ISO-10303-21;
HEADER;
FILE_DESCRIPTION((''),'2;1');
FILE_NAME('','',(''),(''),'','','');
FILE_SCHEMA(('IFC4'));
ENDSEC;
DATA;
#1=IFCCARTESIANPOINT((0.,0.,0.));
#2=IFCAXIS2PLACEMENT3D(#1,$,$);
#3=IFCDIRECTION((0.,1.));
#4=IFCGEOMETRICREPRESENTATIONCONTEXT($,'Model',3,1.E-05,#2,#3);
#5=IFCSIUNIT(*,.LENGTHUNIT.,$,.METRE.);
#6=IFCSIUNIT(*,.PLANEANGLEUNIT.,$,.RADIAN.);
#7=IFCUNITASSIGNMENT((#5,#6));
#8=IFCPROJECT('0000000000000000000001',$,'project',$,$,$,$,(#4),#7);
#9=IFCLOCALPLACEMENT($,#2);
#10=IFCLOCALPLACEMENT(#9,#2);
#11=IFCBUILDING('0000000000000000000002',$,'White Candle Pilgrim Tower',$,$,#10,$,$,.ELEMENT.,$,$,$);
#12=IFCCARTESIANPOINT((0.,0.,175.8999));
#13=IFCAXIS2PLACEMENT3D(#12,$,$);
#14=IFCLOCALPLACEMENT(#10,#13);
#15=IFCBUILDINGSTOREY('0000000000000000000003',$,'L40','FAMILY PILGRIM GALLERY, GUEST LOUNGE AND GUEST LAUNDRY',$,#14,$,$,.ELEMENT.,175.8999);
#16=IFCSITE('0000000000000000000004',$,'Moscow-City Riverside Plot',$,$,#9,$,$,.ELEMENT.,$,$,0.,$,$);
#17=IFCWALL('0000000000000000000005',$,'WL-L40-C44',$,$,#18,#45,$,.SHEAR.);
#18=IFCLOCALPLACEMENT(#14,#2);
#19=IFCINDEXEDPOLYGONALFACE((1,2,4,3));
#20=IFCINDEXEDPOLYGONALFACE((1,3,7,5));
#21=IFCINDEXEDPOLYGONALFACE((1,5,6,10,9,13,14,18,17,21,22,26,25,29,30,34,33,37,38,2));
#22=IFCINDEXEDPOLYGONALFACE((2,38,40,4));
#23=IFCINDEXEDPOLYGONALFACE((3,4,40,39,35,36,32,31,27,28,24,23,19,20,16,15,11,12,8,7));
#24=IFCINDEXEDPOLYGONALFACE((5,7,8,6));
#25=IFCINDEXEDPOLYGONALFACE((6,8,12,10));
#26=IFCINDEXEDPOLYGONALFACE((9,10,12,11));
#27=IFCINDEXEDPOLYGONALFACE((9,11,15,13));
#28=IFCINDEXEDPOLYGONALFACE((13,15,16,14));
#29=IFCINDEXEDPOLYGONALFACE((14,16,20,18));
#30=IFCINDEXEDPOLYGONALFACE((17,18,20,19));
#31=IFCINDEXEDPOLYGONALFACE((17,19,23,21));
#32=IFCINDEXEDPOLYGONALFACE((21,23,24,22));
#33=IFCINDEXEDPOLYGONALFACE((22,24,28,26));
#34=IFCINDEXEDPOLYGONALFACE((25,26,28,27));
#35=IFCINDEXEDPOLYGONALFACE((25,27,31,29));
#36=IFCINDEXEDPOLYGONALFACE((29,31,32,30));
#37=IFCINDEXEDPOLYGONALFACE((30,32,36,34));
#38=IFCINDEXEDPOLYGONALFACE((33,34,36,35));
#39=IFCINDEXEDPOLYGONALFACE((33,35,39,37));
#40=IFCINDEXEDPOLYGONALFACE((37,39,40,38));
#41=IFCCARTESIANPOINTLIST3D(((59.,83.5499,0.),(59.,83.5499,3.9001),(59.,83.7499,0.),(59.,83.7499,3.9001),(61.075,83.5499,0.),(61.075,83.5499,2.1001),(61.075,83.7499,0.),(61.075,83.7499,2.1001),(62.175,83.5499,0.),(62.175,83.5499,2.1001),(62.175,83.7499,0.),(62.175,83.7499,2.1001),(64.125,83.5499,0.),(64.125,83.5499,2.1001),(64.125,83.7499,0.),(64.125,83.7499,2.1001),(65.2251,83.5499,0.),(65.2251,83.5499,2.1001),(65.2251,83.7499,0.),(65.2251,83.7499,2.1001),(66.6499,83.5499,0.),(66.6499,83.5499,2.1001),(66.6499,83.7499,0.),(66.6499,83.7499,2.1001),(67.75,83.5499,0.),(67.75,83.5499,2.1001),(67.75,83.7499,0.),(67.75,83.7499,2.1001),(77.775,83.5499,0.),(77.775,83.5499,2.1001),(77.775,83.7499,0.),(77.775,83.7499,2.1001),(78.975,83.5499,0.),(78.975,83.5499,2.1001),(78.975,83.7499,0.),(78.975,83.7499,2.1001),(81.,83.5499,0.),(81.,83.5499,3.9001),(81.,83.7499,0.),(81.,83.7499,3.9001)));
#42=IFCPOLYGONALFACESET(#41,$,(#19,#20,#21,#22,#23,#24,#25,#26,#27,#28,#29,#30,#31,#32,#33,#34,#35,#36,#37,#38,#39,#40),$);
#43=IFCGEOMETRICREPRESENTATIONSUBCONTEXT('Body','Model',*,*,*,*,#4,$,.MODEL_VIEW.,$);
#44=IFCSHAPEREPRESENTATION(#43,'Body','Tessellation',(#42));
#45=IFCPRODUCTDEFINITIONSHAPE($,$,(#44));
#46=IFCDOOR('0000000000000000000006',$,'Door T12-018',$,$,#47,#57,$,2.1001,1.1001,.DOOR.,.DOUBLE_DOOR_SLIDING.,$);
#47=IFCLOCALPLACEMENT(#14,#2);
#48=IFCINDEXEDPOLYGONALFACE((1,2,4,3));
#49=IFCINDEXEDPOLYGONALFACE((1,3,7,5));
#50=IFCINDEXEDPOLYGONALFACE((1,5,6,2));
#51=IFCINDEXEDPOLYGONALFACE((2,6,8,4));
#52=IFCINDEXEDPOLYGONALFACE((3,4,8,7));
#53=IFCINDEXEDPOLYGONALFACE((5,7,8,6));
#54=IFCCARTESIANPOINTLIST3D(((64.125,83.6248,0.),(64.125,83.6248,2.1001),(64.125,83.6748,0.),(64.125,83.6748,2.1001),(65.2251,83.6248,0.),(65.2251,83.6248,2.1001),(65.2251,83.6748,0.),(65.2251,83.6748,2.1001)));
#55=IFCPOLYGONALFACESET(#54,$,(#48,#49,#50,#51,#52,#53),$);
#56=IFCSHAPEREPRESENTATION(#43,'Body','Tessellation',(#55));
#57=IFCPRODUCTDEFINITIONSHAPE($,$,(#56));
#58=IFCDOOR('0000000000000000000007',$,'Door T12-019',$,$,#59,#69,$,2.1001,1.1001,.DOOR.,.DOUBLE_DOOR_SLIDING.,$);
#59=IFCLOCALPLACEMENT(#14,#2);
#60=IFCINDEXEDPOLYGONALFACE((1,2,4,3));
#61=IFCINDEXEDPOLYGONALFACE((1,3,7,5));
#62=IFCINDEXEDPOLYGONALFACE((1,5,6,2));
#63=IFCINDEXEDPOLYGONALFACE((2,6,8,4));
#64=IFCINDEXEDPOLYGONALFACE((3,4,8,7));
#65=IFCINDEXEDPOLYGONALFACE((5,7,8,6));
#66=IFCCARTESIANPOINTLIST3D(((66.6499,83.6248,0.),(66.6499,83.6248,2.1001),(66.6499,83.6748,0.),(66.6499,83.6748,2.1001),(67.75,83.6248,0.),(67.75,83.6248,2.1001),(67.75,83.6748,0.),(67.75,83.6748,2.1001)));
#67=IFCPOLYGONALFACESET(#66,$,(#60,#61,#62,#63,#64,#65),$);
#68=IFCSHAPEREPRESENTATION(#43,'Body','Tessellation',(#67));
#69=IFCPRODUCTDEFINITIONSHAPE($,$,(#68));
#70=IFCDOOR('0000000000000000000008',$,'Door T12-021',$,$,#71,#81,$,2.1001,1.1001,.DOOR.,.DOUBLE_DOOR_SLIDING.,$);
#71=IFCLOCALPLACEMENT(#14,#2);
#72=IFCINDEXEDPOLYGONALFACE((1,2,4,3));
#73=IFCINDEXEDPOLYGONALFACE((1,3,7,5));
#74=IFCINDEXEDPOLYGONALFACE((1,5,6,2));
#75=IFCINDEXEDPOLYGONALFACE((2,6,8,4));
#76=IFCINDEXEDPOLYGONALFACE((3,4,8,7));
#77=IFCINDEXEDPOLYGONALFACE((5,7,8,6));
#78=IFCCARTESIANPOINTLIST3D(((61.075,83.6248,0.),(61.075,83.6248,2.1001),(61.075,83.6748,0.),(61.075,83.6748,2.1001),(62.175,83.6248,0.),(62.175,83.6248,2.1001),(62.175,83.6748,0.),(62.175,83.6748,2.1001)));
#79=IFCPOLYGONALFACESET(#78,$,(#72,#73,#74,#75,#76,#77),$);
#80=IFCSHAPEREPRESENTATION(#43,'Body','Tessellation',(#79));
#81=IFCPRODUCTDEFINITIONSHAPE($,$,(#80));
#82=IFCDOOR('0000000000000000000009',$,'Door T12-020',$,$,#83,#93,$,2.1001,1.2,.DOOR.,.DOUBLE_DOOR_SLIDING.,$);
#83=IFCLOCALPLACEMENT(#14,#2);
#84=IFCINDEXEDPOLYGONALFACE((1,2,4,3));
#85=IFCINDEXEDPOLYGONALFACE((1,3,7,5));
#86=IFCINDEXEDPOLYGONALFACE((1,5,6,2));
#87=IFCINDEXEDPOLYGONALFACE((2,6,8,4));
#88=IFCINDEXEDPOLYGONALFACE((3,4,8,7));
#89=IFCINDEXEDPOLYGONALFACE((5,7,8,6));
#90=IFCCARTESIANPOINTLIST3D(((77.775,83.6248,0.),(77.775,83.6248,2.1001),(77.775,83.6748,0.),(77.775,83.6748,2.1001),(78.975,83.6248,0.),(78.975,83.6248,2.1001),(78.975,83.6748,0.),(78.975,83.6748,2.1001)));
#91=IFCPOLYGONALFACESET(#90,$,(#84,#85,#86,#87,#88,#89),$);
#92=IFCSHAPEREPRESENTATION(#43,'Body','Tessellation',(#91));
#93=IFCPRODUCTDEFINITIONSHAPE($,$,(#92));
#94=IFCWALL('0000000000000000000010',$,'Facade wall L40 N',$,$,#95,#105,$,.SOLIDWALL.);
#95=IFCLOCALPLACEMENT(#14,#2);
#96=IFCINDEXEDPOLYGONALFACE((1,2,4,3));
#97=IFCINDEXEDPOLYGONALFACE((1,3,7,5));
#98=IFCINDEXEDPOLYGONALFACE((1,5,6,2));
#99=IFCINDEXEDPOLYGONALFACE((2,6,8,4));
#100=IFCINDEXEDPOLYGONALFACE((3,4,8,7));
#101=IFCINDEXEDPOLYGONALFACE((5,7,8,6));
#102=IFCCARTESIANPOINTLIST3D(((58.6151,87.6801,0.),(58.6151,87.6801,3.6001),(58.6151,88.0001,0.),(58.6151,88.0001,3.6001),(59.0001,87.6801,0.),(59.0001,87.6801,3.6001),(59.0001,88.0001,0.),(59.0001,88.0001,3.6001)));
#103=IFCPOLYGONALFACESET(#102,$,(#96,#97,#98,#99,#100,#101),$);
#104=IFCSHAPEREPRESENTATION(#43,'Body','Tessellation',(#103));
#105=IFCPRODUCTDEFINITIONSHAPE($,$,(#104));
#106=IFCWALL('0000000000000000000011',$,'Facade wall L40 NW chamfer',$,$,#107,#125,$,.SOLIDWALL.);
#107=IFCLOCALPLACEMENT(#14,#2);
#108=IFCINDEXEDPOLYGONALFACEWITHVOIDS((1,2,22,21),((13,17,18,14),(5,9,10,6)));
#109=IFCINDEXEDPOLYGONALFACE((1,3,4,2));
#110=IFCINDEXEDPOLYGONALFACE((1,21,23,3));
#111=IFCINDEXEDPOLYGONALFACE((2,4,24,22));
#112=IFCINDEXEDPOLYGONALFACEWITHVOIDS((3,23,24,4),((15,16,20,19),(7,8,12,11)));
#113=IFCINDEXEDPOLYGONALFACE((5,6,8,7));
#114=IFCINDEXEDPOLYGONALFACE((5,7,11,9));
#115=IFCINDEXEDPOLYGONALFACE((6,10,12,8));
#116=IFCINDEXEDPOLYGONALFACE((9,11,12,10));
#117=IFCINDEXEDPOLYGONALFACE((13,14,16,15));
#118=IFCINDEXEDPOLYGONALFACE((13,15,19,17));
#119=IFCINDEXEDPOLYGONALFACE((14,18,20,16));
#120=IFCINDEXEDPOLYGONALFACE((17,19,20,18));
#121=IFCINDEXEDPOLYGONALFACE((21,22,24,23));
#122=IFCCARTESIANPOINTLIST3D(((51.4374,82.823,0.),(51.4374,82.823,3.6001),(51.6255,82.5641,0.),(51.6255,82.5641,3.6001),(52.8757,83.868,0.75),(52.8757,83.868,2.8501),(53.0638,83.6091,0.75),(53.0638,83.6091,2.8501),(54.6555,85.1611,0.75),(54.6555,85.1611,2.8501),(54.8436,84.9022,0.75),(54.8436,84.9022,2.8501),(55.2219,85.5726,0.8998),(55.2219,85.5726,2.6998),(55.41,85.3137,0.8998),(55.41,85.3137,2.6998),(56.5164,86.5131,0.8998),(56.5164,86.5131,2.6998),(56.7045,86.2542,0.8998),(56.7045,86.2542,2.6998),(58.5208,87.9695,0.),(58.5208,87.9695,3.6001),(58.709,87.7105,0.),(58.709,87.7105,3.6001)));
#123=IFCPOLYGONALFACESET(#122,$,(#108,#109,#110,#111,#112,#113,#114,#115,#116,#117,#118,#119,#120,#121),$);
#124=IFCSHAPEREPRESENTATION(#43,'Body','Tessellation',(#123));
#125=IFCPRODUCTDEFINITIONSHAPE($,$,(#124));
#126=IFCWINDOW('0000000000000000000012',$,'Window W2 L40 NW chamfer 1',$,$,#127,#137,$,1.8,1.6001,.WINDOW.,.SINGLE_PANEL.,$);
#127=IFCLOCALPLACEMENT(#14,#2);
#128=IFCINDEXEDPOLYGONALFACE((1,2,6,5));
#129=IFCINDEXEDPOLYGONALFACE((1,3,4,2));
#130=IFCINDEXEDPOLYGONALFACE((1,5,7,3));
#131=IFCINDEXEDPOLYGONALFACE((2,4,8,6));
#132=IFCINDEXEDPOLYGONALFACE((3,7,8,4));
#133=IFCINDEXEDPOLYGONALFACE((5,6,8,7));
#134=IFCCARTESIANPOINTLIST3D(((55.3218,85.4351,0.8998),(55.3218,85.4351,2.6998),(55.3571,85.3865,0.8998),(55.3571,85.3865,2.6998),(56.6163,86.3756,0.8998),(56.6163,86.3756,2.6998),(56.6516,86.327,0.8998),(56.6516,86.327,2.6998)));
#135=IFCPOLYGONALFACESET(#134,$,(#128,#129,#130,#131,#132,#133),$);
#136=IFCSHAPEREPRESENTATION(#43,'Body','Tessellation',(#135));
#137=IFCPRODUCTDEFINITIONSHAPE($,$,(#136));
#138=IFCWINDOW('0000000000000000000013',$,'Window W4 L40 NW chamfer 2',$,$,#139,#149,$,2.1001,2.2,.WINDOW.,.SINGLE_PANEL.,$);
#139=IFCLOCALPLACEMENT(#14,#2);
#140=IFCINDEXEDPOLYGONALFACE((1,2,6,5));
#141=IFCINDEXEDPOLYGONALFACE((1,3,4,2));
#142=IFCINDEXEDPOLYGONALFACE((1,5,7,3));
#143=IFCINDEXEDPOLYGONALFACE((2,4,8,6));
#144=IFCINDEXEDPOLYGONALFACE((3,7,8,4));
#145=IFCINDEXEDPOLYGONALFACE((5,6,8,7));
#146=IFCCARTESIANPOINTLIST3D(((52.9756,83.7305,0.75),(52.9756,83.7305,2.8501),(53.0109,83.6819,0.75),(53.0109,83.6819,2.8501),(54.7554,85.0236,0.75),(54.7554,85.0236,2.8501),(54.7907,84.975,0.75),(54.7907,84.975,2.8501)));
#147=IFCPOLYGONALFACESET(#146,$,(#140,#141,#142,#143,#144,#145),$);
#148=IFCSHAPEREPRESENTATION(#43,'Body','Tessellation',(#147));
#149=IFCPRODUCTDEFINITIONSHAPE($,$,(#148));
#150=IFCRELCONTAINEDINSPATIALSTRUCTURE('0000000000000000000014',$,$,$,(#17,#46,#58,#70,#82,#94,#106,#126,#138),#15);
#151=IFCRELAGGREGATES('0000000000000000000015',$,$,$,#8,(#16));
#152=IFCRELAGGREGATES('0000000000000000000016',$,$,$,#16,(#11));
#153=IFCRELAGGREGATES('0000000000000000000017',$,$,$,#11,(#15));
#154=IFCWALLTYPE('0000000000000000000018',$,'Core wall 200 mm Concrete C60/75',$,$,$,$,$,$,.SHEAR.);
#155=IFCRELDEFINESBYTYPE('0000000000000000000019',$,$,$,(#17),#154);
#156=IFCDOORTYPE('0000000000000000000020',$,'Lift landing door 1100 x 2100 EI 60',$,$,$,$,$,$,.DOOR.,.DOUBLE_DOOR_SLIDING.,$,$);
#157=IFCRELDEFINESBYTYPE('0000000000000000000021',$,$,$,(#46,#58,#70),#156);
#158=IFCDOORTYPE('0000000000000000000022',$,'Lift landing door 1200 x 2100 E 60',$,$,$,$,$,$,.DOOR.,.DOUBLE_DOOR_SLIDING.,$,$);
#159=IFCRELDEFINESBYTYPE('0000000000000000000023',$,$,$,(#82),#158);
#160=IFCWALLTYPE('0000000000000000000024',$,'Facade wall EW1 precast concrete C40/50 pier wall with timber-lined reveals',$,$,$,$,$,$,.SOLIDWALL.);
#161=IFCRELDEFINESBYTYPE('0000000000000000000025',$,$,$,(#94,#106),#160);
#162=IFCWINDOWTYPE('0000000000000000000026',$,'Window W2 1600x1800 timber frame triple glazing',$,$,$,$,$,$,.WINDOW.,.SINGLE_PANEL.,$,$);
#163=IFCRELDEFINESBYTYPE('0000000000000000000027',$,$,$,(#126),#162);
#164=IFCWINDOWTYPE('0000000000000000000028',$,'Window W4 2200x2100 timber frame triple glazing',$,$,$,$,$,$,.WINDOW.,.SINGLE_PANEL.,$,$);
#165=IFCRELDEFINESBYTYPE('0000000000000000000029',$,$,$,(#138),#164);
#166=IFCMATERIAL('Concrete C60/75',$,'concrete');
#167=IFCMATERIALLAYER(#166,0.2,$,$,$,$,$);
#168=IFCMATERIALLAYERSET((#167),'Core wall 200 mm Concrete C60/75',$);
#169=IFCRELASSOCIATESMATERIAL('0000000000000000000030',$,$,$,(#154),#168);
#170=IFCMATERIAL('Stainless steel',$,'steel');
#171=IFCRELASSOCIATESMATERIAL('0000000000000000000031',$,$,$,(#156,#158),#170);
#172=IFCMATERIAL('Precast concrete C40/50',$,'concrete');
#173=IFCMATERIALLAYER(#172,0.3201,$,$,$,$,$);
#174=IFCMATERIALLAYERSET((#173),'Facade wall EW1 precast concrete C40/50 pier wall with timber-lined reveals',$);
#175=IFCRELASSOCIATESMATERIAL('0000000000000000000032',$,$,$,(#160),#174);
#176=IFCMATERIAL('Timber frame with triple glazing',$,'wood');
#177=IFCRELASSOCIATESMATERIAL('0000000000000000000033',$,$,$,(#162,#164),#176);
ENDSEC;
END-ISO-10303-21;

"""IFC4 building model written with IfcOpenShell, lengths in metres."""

from ifc_helpers import new_model, si_unit, direction, frame, frame_2d, origin, place, context, subcontext, project, spatial, rectangle, extrude, material, layer, layer_set, type_object, element, fill, save


model = new_model("IFC4")

# Units and contexts
model_context = context("Model", 3, precision=1e-05, world=origin(), true_north=direction((0.0, 1.0)))
body_context = subcontext(model_context, "Body", "Model", "MODEL_VIEW")
ifc_project = project(units=[si_unit("LENGTHUNIT", "METRE"), si_unit("PLANEANGLEUNIT", "RADIAN")], contexts=[model_context])

# Site, building, storey
site_placement = place(None, origin())
site = spatial("IfcSite", under=ifc_project, at=site_placement, Name="Moscow-City Riverside Plot", CompositionType="ELEMENT", RefElevation=0.0)
building_placement = place(site_placement, origin())
building = spatial("IfcBuilding", under=site, at=building_placement, Name="White Candle Pilgrim Tower", CompositionType="ELEMENT")
storey_placement = place(building_placement, frame((0.0, 0.0, 175.8999)))
storey = spatial("IfcBuildingStorey", under=building, at=storey_placement, Name="L40", Description="FAMILY PILGRIM GALLERY, GUEST LOUNGE AND GUEST LAUNDRY", CompositionType="ELEMENT", Elevation=175.8999)

# Shared definitions
ifc_material_1 = material(Name="Concrete C60/75", Category="concrete")
ifc_layer_1 = layer(ifc_material_1, 0.2)
ifc_layer_set_1 = layer_set([ifc_layer_1], Name="Core wall 200 mm Concrete C60/75")
wall_type_1 = type_object("IfcWallType", Name="Core wall 200 mm Concrete C60/75", PredefinedType="SHEAR", material=ifc_layer_set_1)

# Wall, openings, doors
wall_1_placement = place(storey_placement, frame((59.0, 83.6499, 0.0), z_axis=(0.0, 0.0, 1.0), x_axis=(1.0, 0.0, 0.0)))
wall_1 = element("IfcWall", 1, at=wall_1_placement, inside=storey, type_object=wall_type_1, Name="WL-L40-C44", PredefinedType="SHEAR", context=body_context, shape_type="SweptSolid", body=[
    extrude(rectangle(XDim=22.0, YDim=0.2, at=frame_2d((11.0, 0.0))), origin(), (0.0, 0.0, 1.0), 3.9001),
])
opening_1_placement = place(wall_1_placement, frame((5.125, 0.0, 0.0)))
opening_1 = element("IfcOpeningElement", 2, at=opening_1_placement, cuts=wall_1, PredefinedType="OPENING", context=body_context, shape_type="SweptSolid", body=[
    extrude(rectangle(XDim=1.1001, YDim=2.1001, at=frame_2d((0.55, 1.05))), frame((0.0, 0.1099, 0.0), z_axis=(0.0, -1.0, 0.0), x_axis=(1.0, 0.0, 0.0)), (0.0, 0.0, 1.0), 0.22),
])
opening_2_placement = place(wall_1_placement, frame((7.6499, 0.0, 0.0)))
opening_2 = element("IfcOpeningElement", 3, at=opening_2_placement, cuts=wall_1, PredefinedType="OPENING", context=body_context, shape_type="SweptSolid", body=[
    extrude(rectangle(XDim=1.1001, YDim=2.1001, at=frame_2d((0.55, 1.05))), frame((0.0, 0.1099, 0.0), z_axis=(0.0, -1.0, 0.0), x_axis=(1.0, 0.0, 0.0)), (0.0, 0.0, 1.0), 0.22),
])
opening_3_placement = place(wall_1_placement, frame((18.7749, 0.0, 0.0)))
opening_3 = element("IfcOpeningElement", 4, at=opening_3_placement, cuts=wall_1, PredefinedType="OPENING", context=body_context, shape_type="SweptSolid", body=[
    extrude(rectangle(XDim=1.2, YDim=2.1001, at=frame_2d((0.6001, 1.05))), frame((0.0, 0.1099, 0.0), z_axis=(0.0, -1.0, 0.0), x_axis=(1.0, 0.0, 0.0)), (0.0, 0.0, 1.0), 0.22),
])
opening_4_placement = place(wall_1_placement, frame((2.075, 0.0, 0.0)))
opening_4 = element("IfcOpeningElement", 5, at=opening_4_placement, cuts=wall_1, PredefinedType="OPENING", context=body_context, shape_type="SweptSolid", body=[
    extrude(rectangle(XDim=1.1001, YDim=2.1001, at=frame_2d((0.55, 1.05))), frame((0.0, 0.1099, 0.0), z_axis=(0.0, -1.0, 0.0), x_axis=(1.0, 0.0, 0.0)), (0.0, 0.0, 1.0), 0.22),
])
ifc_material_2 = material(Name="Stainless steel", Category="steel")
door_type_1 = type_object("IfcDoorType", Name="Lift landing door 1100 x 2100 EI 60", OperationType="DOUBLE_DOOR_SLIDING", PredefinedType="DOOR", material=ifc_material_2)
door_1_placement = place(opening_1_placement, origin())
door_1 = element("IfcDoor", 6, at=door_1_placement, inside=storey, type_object=door_type_1, Name="Door T12-018", OperationType="DOUBLE_DOOR_SLIDING", OverallHeight=2.1001, OverallWidth=1.1001, PredefinedType="DOOR", context=body_context, shape_type="SweptSolid", body=[
    extrude(rectangle(XDim=1.1001, YDim=2.1001, at=frame_2d((0.55, 1.05))), frame((0.0, 0.0249, 0.0), z_axis=(0.0, -1.0, 0.0), x_axis=(1.0, 0.0, 0.0)), (0.0, 0.0, 1.0), 0.05),
])
fill(opening_1, door_1)
door_2_placement = place(opening_2_placement, origin())
door_2 = element("IfcDoor", 7, at=door_2_placement, inside=storey, type_object=door_type_1, Name="Door T12-019", OperationType="DOUBLE_DOOR_SLIDING", OverallHeight=2.1001, OverallWidth=1.1001, PredefinedType="DOOR", context=body_context, shape_type="SweptSolid", body=[
    extrude(rectangle(XDim=1.1001, YDim=2.1001, at=frame_2d((0.55, 1.05))), frame((0.0, 0.0249, 0.0), z_axis=(0.0, -1.0, 0.0), x_axis=(1.0, 0.0, 0.0)), (0.0, 0.0, 1.0), 0.05),
])
fill(opening_2, door_2)
door_3_placement = place(opening_4_placement, origin())
door_3 = element("IfcDoor", 8, at=door_3_placement, inside=storey, type_object=door_type_1, Name="Door T12-021", OperationType="DOUBLE_DOOR_SLIDING", OverallHeight=2.1001, OverallWidth=1.1001, PredefinedType="DOOR", context=body_context, shape_type="SweptSolid", body=[
    extrude(rectangle(XDim=1.1001, YDim=2.1001, at=frame_2d((0.55, 1.05))), frame((0.0, 0.0249, 0.0), z_axis=(0.0, -1.0, 0.0), x_axis=(1.0, 0.0, 0.0)), (0.0, 0.0, 1.0), 0.05),
])
fill(opening_4, door_3)
door_type_2 = type_object("IfcDoorType", Name="Lift landing door 1200 x 2100 E 60", OperationType="DOUBLE_DOOR_SLIDING", PredefinedType="DOOR", material=ifc_material_2)
door_4_placement = place(opening_3_placement, origin())
door_4 = element("IfcDoor", 9, at=door_4_placement, inside=storey, type_object=door_type_2, Name="Door T12-020", OperationType="DOUBLE_DOOR_SLIDING", OverallHeight=2.1001, OverallWidth=1.2, PredefinedType="DOOR", context=body_context, shape_type="SweptSolid", body=[
    extrude(rectangle(XDim=1.2, YDim=2.1001, at=frame_2d((0.6001, 1.05))), frame((0.0, 0.0249, 0.0), z_axis=(0.0, -1.0, 0.0), x_axis=(1.0, 0.0, 0.0)), (0.0, 0.0, 1.0), 0.05),
])
fill(opening_3, door_4)

# Wall
ifc_material_3 = material(Name="Precast concrete C40/50", Category="concrete")
ifc_layer_2 = layer(ifc_material_3, 0.3201)
ifc_layer_set_2 = layer_set([ifc_layer_2], Name="Facade wall EW1 precast concrete C40/50 pier wall with timber-lined reveals")
wall_type_2 = type_object("IfcWallType", Name="Facade wall EW1 precast concrete C40/50 pier wall with timber-lined reveals", PredefinedType="SOLIDWALL", material=ifc_layer_set_2)
wall_2_placement = place(storey_placement, frame((59.0, 87.8401, 0.0), z_axis=(0.0, 0.0, 1.0), x_axis=(-1.0, 0.0, 0.0)))
element("IfcWall", 10, at=wall_2_placement, inside=storey, type_object=wall_type_2, Name="Facade wall L40 N", PredefinedType="SOLIDWALL", context=body_context, shape_type="SweptSolid", body=[
    extrude(rectangle(XDim=0.385, YDim=0.3201, at=frame_2d((0.1924, 0.0))), origin(), (0.0, 0.0, 1.0), 3.6001),
])

# Wall, openings, windows
wall_3_placement = place(storey_placement, frame((58.615, 87.8401, 0.0), z_axis=(0.0, 0.0, 1.0), x_axis=(-0.809016, -0.587787, 0.0)))
wall_3 = element("IfcWall", 11, at=wall_3_placement, inside=storey, type_object=wall_type_2, Name="Facade wall L40 NW chamfer", PredefinedType="SOLIDWALL", context=body_context, shape_type="SweptSolid", body=[
    extrude(rectangle(XDim=8.7556, YDim=0.3201, at=frame_2d((4.3779, 0.0))), origin(), (0.0, 0.0, 1.0), 3.6001),
])
opening_5_placement = place(wall_3_placement, frame((2.4778, 0.0, 0.8999)))
opening_5 = element("IfcOpeningElement", 12, at=opening_5_placement, cuts=wall_3, PredefinedType="OPENING", context=body_context, shape_type="SweptSolid", body=[
    extrude(rectangle(XDim=1.6001, YDim=1.8, at=frame_2d((0.8, 0.8999))), frame((0.0, 0.1699, 0.0), z_axis=(0.0, -1.0, 0.0), x_axis=(1.0, 0.0, 0.0)), (0.0, 0.0, 1.0), 0.3401),
])
opening_6_placement = place(wall_3_placement, frame((4.7778, 0.0, 0.75)))
opening_6 = element("IfcOpeningElement", 13, at=opening_6_placement, cuts=wall_3, PredefinedType="OPENING", context=body_context, shape_type="SweptSolid", body=[
    extrude(rectangle(XDim=2.2, YDim=2.1001, at=frame_2d((1.1001, 1.05))), frame((0.0, 0.1699, 0.0), z_axis=(0.0, -1.0, 0.0), x_axis=(1.0, 0.0, 0.0)), (0.0, 0.0, 1.0), 0.3401),
])
ifc_material_4 = material(Name="Timber frame with triple glazing", Category="wood")
window_type_1 = type_object("IfcWindowType", Name="Window W2 1600x1800 timber frame triple glazing", PartitioningType="SINGLE_PANEL", PredefinedType="WINDOW", material=ifc_material_4)
window_1_placement = place(opening_5_placement, origin())
window_1 = element("IfcWindow", 14, at=window_1_placement, inside=storey, type_object=window_type_1, Name="Window W2 L40 NW chamfer 1", OverallHeight=1.8, OverallWidth=1.6001, PartitioningType="SINGLE_PANEL", PredefinedType="WINDOW", context=body_context, shape_type="SweptSolid", body=[
    extrude(rectangle(XDim=1.6001, YDim=1.8, at=frame_2d((0.8, 0.8999))), frame((0.0, 0.0701, 0.0), z_axis=(0.0, -1.0, 0.0), x_axis=(1.0, 0.0, 0.0)), (0.0, 0.0, 1.0), 0.0601),
])
fill(opening_5, window_1)
window_type_2 = type_object("IfcWindowType", Name="Window W4 2200x2100 timber frame triple glazing", PartitioningType="SINGLE_PANEL", PredefinedType="WINDOW", material=ifc_material_4)
window_2_placement = place(opening_6_placement, origin())
window_2 = element("IfcWindow", 15, at=window_2_placement, inside=storey, type_object=window_type_2, Name="Window W4 L40 NW chamfer 2", OverallHeight=2.1001, OverallWidth=2.2, PartitioningType="SINGLE_PANEL", PredefinedType="WINDOW", context=body_context, shape_type="SweptSolid", body=[
    extrude(rectangle(XDim=2.2, YDim=2.1001, at=frame_2d((1.1001, 1.05))), frame((0.0, 0.0701, 0.0), z_axis=(0.0, -1.0, 0.0), x_axis=(1.0, 0.0, 0.0)), (0.0, 0.0, 1.0), 0.0601),
])
fill(opening_6, window_2)

save(model, "model.ifc")
